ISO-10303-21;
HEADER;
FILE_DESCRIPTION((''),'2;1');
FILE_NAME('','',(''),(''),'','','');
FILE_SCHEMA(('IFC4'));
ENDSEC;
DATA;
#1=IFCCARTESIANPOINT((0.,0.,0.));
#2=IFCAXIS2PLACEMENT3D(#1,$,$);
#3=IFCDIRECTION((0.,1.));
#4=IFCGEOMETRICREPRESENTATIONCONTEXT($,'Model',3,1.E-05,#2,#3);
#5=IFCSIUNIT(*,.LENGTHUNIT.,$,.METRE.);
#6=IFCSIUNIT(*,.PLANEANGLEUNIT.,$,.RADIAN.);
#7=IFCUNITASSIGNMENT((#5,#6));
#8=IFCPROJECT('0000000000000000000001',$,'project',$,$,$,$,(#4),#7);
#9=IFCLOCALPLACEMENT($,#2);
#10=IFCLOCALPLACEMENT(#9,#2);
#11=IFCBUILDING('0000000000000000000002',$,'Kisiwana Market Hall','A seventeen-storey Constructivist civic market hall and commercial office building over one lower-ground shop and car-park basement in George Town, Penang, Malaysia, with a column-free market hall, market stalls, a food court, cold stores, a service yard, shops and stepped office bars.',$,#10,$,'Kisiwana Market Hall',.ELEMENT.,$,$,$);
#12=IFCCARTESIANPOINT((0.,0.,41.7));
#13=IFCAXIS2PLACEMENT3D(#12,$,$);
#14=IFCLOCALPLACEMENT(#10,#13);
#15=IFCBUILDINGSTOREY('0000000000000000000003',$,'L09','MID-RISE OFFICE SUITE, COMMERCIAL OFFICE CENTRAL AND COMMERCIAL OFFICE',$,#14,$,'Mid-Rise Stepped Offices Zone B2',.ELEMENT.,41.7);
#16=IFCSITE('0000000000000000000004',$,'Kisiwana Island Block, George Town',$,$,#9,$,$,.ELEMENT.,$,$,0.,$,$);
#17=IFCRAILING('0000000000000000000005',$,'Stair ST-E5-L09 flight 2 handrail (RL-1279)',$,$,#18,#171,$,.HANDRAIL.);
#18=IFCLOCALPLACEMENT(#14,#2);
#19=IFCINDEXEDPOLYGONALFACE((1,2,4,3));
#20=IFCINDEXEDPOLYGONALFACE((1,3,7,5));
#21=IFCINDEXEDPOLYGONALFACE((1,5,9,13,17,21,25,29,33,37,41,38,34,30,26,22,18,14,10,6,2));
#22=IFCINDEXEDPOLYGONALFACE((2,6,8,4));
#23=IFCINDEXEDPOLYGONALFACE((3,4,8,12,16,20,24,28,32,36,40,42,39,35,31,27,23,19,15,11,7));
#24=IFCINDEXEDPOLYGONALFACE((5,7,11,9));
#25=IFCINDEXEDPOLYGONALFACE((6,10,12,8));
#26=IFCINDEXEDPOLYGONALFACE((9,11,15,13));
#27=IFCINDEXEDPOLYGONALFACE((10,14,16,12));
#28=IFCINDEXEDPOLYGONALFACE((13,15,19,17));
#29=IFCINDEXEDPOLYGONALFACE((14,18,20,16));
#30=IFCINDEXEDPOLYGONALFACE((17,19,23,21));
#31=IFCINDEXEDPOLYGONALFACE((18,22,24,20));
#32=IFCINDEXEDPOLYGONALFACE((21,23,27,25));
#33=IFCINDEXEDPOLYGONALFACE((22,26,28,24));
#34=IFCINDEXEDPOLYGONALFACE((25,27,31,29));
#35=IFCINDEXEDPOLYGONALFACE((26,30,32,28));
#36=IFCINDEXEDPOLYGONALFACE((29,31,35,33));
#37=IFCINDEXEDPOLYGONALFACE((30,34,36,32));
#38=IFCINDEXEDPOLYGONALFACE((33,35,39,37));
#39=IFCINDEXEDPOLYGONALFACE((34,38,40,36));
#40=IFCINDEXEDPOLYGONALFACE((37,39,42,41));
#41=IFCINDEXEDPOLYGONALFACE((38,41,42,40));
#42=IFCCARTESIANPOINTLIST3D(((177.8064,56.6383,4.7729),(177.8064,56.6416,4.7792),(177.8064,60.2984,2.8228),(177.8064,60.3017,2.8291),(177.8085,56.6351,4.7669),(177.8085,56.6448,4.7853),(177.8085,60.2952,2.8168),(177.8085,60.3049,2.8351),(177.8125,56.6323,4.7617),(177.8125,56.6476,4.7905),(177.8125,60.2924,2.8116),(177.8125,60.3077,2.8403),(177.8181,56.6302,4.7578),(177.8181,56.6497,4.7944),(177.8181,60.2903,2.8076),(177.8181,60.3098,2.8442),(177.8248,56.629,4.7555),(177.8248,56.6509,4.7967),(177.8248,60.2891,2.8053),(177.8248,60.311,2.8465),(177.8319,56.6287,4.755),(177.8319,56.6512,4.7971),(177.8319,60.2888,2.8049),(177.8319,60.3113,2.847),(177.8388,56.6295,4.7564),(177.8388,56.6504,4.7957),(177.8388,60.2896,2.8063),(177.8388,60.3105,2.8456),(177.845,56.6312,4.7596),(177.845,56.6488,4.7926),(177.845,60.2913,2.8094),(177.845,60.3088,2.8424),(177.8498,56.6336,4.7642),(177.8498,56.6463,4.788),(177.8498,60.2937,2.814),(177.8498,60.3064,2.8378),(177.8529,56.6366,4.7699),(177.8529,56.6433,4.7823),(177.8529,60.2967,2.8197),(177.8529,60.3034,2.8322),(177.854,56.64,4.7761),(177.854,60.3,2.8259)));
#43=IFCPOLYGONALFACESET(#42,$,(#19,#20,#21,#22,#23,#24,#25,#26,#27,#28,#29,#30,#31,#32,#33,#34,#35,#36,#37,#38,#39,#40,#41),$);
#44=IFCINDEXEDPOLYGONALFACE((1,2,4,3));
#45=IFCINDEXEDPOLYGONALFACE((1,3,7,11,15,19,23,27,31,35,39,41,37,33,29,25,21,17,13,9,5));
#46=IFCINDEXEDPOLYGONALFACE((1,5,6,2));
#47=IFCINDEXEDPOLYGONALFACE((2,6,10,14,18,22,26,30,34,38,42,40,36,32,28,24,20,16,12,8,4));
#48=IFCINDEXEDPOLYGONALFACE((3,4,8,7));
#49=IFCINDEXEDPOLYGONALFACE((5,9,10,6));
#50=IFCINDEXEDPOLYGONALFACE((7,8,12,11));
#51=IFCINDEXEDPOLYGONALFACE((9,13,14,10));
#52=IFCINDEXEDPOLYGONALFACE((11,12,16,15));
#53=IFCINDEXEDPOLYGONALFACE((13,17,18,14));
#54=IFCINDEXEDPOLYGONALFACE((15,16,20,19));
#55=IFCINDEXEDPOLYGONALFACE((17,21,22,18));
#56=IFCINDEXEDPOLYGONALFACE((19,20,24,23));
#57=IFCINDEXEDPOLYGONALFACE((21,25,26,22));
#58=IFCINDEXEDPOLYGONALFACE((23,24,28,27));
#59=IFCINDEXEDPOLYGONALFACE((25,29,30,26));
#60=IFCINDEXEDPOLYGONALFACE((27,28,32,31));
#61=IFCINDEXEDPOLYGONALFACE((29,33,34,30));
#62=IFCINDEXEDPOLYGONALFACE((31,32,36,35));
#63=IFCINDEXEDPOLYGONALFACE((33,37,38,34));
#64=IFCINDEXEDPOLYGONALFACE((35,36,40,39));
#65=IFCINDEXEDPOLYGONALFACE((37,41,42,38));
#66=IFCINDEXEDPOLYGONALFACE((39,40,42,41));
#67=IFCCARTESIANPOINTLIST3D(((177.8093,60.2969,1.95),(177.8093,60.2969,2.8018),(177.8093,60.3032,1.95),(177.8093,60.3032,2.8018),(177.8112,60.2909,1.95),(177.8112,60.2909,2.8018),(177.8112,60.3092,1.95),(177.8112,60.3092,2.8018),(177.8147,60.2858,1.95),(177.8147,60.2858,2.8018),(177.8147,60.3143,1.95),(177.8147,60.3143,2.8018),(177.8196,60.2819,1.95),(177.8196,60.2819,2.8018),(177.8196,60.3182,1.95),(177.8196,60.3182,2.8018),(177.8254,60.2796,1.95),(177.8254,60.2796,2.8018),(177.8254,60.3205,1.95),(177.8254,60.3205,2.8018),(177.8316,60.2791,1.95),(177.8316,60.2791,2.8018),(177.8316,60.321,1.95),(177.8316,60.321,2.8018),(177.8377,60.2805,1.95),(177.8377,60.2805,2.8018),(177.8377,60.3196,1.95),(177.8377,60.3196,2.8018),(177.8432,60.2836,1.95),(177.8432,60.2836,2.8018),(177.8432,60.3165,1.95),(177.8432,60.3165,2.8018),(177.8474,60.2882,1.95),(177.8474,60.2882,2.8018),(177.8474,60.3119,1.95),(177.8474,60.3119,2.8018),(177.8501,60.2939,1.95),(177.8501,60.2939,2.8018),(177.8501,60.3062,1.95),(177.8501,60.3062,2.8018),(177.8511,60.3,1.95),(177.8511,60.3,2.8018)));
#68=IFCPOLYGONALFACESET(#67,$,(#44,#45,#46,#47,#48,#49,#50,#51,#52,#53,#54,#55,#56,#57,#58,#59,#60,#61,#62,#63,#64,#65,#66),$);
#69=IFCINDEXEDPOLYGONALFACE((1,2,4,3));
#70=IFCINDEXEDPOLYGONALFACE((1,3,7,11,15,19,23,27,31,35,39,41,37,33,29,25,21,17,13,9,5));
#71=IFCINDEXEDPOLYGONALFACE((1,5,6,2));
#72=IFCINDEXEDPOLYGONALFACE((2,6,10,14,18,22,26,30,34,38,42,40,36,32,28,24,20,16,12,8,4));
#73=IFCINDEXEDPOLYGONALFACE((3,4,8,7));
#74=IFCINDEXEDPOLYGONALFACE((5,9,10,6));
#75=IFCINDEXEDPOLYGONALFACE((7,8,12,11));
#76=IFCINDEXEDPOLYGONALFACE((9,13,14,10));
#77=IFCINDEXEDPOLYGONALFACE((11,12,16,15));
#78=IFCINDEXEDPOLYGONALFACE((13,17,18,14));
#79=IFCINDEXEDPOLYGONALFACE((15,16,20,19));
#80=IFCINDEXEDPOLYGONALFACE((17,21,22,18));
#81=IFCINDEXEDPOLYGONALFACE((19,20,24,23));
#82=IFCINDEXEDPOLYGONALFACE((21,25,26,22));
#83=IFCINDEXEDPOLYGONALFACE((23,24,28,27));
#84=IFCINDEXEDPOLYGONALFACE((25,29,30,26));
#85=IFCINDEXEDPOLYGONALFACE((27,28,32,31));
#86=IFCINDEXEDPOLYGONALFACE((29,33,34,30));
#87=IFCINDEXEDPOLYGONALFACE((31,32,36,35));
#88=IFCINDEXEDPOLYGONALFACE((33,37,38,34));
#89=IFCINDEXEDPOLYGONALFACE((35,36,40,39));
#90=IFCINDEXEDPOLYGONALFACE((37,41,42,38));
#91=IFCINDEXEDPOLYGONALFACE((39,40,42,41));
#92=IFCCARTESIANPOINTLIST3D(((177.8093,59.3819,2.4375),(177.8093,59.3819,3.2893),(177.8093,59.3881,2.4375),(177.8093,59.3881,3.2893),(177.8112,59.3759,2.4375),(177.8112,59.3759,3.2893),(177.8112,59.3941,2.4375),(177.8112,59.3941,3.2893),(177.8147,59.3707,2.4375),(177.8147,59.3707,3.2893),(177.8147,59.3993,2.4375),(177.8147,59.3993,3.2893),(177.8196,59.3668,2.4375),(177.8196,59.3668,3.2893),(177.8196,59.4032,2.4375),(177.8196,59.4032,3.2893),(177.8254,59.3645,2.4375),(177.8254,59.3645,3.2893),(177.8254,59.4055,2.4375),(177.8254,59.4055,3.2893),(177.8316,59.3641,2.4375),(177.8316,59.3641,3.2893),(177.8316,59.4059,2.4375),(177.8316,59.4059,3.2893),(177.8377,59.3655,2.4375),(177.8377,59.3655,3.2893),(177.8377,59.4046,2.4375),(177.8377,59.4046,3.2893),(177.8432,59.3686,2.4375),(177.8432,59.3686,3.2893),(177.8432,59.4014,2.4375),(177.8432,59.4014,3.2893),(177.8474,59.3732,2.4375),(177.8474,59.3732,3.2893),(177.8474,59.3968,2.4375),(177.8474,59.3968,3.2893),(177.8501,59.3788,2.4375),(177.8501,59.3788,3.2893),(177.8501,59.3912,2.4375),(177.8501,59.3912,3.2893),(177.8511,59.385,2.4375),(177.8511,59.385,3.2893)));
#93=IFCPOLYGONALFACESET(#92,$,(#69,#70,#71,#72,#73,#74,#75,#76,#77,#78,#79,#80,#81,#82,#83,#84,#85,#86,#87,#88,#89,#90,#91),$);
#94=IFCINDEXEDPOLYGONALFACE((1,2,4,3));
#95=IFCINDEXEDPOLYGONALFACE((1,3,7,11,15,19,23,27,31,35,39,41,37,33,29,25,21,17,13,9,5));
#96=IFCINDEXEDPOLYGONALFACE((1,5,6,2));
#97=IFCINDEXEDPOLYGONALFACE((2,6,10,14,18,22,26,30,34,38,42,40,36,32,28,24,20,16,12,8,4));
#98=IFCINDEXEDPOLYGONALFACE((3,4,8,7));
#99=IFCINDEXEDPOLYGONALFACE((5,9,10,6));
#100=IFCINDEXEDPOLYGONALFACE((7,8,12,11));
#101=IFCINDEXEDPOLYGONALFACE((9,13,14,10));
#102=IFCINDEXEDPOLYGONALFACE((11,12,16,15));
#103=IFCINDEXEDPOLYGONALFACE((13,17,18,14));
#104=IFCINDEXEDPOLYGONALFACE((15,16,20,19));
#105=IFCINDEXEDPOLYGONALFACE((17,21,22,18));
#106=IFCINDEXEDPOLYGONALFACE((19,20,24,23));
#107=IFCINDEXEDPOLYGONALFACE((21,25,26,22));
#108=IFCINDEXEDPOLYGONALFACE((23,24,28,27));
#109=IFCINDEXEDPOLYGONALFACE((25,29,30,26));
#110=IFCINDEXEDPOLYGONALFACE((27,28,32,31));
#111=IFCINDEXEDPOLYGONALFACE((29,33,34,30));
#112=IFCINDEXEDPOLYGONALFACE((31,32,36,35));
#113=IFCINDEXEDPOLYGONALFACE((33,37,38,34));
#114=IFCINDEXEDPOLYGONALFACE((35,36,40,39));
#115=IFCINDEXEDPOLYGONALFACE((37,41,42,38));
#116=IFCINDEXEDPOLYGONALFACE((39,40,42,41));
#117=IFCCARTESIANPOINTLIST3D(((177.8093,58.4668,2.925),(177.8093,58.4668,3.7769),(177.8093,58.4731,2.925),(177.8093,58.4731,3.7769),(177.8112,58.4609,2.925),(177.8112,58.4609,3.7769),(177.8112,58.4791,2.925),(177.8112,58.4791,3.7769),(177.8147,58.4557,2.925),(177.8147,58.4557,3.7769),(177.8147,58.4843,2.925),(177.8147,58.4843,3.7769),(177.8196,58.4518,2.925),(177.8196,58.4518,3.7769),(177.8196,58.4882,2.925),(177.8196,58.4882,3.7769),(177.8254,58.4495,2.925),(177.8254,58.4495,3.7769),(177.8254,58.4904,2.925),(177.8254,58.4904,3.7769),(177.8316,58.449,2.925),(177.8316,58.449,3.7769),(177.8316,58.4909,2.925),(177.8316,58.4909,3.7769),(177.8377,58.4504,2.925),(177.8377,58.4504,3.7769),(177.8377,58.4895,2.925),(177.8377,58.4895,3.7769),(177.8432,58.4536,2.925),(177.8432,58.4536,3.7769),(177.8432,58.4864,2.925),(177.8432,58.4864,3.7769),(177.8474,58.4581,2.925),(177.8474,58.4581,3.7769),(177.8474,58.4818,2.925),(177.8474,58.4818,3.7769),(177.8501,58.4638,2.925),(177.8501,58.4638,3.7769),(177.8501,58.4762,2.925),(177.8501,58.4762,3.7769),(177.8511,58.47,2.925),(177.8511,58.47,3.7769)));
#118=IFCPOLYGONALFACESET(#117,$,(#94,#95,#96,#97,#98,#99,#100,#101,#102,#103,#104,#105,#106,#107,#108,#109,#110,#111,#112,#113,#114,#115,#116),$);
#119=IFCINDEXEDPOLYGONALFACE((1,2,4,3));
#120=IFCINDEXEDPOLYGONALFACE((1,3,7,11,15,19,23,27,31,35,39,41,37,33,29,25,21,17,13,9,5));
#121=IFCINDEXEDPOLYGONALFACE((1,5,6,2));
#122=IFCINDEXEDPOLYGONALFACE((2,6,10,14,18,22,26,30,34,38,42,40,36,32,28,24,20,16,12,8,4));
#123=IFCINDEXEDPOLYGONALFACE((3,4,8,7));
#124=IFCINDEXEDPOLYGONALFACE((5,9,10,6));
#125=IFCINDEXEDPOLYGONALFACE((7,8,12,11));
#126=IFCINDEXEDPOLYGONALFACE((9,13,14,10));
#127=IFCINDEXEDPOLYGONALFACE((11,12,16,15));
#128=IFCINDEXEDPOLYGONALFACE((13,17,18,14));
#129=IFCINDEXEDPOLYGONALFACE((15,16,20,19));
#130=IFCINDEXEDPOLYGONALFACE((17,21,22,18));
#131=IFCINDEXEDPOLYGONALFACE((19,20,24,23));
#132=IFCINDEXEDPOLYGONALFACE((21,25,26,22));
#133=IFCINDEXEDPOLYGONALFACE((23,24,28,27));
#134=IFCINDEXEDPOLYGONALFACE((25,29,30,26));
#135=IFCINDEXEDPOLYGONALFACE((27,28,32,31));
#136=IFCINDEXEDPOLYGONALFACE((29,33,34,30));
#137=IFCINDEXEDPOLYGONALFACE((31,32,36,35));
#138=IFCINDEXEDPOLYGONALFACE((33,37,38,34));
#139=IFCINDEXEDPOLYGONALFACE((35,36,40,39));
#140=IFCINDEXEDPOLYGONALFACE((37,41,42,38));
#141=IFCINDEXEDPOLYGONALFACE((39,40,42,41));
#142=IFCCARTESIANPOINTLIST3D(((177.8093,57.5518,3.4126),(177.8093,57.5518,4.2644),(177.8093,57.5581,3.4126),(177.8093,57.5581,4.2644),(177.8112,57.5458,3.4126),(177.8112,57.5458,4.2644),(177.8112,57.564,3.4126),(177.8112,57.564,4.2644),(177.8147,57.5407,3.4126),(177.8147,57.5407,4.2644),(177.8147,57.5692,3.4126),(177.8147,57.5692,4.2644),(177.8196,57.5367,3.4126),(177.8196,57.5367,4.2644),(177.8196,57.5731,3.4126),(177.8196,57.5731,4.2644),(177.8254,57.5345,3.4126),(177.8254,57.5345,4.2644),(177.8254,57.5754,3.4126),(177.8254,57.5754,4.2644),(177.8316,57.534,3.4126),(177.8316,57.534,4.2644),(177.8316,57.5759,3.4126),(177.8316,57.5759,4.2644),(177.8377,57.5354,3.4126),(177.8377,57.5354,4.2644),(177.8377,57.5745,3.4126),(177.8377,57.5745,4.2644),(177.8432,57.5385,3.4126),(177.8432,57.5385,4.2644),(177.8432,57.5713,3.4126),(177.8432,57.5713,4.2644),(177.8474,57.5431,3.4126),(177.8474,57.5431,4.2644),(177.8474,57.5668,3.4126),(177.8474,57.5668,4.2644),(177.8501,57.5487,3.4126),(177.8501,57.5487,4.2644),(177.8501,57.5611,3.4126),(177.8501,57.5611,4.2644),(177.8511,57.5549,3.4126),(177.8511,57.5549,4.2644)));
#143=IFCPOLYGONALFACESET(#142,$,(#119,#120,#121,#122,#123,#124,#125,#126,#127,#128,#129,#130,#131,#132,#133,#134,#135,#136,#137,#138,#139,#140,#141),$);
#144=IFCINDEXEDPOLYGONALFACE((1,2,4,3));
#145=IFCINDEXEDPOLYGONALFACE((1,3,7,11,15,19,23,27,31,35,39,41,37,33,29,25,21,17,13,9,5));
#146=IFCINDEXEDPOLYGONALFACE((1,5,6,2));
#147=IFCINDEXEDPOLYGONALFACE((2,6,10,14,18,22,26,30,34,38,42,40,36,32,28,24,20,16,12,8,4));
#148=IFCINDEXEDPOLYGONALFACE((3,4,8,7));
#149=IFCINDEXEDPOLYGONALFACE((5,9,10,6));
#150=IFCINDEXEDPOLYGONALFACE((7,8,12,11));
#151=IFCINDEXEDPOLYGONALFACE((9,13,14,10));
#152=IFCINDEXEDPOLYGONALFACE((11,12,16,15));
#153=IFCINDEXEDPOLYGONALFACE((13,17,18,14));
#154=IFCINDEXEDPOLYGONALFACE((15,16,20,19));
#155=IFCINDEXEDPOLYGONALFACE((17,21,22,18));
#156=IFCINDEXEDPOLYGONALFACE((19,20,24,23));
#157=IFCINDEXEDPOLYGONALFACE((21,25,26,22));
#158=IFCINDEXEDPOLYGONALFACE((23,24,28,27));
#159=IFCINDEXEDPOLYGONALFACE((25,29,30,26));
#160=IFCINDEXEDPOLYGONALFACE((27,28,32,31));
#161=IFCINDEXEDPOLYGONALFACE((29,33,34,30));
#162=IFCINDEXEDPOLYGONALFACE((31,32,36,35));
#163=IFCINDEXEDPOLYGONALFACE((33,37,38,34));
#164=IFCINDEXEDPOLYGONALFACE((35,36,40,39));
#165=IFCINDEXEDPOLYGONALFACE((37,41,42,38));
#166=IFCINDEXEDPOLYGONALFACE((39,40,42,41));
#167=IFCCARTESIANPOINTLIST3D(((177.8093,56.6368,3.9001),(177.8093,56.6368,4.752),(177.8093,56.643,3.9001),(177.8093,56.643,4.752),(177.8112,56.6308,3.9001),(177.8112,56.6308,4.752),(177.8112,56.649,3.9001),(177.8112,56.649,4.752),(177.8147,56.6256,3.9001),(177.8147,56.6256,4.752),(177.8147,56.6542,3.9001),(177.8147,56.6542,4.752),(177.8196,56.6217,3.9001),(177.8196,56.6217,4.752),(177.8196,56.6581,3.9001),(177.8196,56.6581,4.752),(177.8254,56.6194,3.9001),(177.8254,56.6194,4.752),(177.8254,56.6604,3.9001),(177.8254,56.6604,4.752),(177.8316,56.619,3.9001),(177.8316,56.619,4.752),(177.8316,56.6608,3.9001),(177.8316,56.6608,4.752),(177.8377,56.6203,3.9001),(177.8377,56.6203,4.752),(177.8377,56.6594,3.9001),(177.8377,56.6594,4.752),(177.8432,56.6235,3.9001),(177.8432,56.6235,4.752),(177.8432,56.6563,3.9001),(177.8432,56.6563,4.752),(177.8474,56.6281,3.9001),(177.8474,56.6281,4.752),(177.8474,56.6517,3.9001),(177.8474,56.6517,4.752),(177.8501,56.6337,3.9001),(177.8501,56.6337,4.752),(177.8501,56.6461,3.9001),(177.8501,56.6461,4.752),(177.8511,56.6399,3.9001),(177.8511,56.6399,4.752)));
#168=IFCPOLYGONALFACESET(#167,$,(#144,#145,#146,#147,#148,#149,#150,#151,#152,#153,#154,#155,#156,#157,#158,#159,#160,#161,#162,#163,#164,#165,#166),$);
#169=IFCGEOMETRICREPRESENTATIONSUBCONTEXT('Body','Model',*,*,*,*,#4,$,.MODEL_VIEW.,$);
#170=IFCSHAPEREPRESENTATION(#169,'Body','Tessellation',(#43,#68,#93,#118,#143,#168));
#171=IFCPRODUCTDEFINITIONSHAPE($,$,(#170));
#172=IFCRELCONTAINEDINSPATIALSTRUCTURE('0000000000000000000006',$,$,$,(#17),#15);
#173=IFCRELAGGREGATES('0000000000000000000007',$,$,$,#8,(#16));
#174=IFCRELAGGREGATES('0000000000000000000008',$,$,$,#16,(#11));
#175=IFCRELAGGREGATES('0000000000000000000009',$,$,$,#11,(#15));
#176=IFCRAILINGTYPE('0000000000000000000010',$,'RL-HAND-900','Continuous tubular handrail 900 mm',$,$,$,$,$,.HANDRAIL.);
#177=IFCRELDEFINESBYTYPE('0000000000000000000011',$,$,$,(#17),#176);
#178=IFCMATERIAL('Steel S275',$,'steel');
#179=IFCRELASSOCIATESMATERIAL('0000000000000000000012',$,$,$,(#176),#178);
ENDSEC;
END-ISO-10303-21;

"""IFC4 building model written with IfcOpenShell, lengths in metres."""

from ifc_helpers import new_model, si_unit, direction, frame, origin, origin_2d, place, context, subcontext, project, spatial, circle, extrude, material, type_object, element, save


model = new_model("IFC4")

# Units and contexts
model_context = context("Model", 3, precision=1e-05, world=origin(), true_north=direction((0.0, 1.0)))
body_context = subcontext(model_context, "Body", "Model", "MODEL_VIEW")
ifc_project = project(units=[si_unit("LENGTHUNIT", "METRE"), si_unit("PLANEANGLEUNIT", "RADIAN")], contexts=[model_context])

# Site, building, storey
site_placement = place(None, origin())
site = spatial("IfcSite", under=ifc_project, at=site_placement, Name="Kisiwana Island Block, George Town", CompositionType="ELEMENT", RefElevation=0.0)
building_placement = place(site_placement, origin())
building = spatial("IfcBuilding", under=site, at=building_placement, Name="Kisiwana Market Hall", Description="A seventeen-storey Constructivist civic market hall and commercial office building over one lower-ground shop and car-park basement in George Town, Penang, Malaysia, with a column-free market hall, market stalls, a food court, cold stores, a service yard, shops and stepped office bars.", LongName="Kisiwana Market Hall", CompositionType="ELEMENT")
storey_placement = place(building_placement, frame((0.0, 0.0, 41.7)))
storey = spatial("IfcBuildingStorey", under=building, at=storey_placement, Name="L09", Description="MID-RISE OFFICE SUITE, COMMERCIAL OFFICE CENTRAL AND COMMERCIAL OFFICE", LongName="Mid-Rise Stepped Offices Zone B2", CompositionType="ELEMENT", Elevation=41.7)

# Railing
ifc_material_1 = material(Name="Steel S275", Category="steel")
railing_type_1 = type_object("IfcRailingType", Name="RL-HAND-900", Description="Continuous tubular handrail 900 mm", PredefinedType="HANDRAIL", material=ifc_material_1)
railing_1_placement = place(storey_placement, frame((177.8301, 60.3, 1.95)))
element("IfcRailing", 1, at=railing_1_placement, inside=storey, type_object=railing_type_1, Name="Stair ST-E5-L09 flight 2 handrail (RL-1279)", PredefinedType="HANDRAIL", context=body_context, shape_type="SweptSolid", body=[
    extrude(circle(Radius=0.0239, at=origin_2d()), frame((0.0, 0.0, 0.876), z_axis=(0.0, -0.882542, 0.470234), x_axis=(1.0, 0.0, 0.0)), (0.0, 0.0, 1.0), 4.1472),
    extrude(circle(Radius=0.021, at=origin_2d()), origin(), (0.0, 0.0, 1.0), 0.8518),
    extrude(circle(Radius=0.021, at=origin_2d()), frame((0.0, -0.915, 0.4875)), (0.0, 0.0, 1.0), 0.8518),
    extrude(circle(Radius=0.021, at=origin_2d()), frame((0.0, -1.8301, 0.9751)), (0.0, 0.0, 1.0), 0.8518),
    extrude(circle(Radius=0.021, at=origin_2d()), frame((0.0, -2.7451, 1.4626)), (0.0, 0.0, 1.0), 0.8518),
    extrude(circle(Radius=0.021, at=origin_2d()), frame((0.0, -3.6602, 1.9502)), (0.0, 0.0, 1.0), 0.8518),
])

save(model, "model.ifc")
